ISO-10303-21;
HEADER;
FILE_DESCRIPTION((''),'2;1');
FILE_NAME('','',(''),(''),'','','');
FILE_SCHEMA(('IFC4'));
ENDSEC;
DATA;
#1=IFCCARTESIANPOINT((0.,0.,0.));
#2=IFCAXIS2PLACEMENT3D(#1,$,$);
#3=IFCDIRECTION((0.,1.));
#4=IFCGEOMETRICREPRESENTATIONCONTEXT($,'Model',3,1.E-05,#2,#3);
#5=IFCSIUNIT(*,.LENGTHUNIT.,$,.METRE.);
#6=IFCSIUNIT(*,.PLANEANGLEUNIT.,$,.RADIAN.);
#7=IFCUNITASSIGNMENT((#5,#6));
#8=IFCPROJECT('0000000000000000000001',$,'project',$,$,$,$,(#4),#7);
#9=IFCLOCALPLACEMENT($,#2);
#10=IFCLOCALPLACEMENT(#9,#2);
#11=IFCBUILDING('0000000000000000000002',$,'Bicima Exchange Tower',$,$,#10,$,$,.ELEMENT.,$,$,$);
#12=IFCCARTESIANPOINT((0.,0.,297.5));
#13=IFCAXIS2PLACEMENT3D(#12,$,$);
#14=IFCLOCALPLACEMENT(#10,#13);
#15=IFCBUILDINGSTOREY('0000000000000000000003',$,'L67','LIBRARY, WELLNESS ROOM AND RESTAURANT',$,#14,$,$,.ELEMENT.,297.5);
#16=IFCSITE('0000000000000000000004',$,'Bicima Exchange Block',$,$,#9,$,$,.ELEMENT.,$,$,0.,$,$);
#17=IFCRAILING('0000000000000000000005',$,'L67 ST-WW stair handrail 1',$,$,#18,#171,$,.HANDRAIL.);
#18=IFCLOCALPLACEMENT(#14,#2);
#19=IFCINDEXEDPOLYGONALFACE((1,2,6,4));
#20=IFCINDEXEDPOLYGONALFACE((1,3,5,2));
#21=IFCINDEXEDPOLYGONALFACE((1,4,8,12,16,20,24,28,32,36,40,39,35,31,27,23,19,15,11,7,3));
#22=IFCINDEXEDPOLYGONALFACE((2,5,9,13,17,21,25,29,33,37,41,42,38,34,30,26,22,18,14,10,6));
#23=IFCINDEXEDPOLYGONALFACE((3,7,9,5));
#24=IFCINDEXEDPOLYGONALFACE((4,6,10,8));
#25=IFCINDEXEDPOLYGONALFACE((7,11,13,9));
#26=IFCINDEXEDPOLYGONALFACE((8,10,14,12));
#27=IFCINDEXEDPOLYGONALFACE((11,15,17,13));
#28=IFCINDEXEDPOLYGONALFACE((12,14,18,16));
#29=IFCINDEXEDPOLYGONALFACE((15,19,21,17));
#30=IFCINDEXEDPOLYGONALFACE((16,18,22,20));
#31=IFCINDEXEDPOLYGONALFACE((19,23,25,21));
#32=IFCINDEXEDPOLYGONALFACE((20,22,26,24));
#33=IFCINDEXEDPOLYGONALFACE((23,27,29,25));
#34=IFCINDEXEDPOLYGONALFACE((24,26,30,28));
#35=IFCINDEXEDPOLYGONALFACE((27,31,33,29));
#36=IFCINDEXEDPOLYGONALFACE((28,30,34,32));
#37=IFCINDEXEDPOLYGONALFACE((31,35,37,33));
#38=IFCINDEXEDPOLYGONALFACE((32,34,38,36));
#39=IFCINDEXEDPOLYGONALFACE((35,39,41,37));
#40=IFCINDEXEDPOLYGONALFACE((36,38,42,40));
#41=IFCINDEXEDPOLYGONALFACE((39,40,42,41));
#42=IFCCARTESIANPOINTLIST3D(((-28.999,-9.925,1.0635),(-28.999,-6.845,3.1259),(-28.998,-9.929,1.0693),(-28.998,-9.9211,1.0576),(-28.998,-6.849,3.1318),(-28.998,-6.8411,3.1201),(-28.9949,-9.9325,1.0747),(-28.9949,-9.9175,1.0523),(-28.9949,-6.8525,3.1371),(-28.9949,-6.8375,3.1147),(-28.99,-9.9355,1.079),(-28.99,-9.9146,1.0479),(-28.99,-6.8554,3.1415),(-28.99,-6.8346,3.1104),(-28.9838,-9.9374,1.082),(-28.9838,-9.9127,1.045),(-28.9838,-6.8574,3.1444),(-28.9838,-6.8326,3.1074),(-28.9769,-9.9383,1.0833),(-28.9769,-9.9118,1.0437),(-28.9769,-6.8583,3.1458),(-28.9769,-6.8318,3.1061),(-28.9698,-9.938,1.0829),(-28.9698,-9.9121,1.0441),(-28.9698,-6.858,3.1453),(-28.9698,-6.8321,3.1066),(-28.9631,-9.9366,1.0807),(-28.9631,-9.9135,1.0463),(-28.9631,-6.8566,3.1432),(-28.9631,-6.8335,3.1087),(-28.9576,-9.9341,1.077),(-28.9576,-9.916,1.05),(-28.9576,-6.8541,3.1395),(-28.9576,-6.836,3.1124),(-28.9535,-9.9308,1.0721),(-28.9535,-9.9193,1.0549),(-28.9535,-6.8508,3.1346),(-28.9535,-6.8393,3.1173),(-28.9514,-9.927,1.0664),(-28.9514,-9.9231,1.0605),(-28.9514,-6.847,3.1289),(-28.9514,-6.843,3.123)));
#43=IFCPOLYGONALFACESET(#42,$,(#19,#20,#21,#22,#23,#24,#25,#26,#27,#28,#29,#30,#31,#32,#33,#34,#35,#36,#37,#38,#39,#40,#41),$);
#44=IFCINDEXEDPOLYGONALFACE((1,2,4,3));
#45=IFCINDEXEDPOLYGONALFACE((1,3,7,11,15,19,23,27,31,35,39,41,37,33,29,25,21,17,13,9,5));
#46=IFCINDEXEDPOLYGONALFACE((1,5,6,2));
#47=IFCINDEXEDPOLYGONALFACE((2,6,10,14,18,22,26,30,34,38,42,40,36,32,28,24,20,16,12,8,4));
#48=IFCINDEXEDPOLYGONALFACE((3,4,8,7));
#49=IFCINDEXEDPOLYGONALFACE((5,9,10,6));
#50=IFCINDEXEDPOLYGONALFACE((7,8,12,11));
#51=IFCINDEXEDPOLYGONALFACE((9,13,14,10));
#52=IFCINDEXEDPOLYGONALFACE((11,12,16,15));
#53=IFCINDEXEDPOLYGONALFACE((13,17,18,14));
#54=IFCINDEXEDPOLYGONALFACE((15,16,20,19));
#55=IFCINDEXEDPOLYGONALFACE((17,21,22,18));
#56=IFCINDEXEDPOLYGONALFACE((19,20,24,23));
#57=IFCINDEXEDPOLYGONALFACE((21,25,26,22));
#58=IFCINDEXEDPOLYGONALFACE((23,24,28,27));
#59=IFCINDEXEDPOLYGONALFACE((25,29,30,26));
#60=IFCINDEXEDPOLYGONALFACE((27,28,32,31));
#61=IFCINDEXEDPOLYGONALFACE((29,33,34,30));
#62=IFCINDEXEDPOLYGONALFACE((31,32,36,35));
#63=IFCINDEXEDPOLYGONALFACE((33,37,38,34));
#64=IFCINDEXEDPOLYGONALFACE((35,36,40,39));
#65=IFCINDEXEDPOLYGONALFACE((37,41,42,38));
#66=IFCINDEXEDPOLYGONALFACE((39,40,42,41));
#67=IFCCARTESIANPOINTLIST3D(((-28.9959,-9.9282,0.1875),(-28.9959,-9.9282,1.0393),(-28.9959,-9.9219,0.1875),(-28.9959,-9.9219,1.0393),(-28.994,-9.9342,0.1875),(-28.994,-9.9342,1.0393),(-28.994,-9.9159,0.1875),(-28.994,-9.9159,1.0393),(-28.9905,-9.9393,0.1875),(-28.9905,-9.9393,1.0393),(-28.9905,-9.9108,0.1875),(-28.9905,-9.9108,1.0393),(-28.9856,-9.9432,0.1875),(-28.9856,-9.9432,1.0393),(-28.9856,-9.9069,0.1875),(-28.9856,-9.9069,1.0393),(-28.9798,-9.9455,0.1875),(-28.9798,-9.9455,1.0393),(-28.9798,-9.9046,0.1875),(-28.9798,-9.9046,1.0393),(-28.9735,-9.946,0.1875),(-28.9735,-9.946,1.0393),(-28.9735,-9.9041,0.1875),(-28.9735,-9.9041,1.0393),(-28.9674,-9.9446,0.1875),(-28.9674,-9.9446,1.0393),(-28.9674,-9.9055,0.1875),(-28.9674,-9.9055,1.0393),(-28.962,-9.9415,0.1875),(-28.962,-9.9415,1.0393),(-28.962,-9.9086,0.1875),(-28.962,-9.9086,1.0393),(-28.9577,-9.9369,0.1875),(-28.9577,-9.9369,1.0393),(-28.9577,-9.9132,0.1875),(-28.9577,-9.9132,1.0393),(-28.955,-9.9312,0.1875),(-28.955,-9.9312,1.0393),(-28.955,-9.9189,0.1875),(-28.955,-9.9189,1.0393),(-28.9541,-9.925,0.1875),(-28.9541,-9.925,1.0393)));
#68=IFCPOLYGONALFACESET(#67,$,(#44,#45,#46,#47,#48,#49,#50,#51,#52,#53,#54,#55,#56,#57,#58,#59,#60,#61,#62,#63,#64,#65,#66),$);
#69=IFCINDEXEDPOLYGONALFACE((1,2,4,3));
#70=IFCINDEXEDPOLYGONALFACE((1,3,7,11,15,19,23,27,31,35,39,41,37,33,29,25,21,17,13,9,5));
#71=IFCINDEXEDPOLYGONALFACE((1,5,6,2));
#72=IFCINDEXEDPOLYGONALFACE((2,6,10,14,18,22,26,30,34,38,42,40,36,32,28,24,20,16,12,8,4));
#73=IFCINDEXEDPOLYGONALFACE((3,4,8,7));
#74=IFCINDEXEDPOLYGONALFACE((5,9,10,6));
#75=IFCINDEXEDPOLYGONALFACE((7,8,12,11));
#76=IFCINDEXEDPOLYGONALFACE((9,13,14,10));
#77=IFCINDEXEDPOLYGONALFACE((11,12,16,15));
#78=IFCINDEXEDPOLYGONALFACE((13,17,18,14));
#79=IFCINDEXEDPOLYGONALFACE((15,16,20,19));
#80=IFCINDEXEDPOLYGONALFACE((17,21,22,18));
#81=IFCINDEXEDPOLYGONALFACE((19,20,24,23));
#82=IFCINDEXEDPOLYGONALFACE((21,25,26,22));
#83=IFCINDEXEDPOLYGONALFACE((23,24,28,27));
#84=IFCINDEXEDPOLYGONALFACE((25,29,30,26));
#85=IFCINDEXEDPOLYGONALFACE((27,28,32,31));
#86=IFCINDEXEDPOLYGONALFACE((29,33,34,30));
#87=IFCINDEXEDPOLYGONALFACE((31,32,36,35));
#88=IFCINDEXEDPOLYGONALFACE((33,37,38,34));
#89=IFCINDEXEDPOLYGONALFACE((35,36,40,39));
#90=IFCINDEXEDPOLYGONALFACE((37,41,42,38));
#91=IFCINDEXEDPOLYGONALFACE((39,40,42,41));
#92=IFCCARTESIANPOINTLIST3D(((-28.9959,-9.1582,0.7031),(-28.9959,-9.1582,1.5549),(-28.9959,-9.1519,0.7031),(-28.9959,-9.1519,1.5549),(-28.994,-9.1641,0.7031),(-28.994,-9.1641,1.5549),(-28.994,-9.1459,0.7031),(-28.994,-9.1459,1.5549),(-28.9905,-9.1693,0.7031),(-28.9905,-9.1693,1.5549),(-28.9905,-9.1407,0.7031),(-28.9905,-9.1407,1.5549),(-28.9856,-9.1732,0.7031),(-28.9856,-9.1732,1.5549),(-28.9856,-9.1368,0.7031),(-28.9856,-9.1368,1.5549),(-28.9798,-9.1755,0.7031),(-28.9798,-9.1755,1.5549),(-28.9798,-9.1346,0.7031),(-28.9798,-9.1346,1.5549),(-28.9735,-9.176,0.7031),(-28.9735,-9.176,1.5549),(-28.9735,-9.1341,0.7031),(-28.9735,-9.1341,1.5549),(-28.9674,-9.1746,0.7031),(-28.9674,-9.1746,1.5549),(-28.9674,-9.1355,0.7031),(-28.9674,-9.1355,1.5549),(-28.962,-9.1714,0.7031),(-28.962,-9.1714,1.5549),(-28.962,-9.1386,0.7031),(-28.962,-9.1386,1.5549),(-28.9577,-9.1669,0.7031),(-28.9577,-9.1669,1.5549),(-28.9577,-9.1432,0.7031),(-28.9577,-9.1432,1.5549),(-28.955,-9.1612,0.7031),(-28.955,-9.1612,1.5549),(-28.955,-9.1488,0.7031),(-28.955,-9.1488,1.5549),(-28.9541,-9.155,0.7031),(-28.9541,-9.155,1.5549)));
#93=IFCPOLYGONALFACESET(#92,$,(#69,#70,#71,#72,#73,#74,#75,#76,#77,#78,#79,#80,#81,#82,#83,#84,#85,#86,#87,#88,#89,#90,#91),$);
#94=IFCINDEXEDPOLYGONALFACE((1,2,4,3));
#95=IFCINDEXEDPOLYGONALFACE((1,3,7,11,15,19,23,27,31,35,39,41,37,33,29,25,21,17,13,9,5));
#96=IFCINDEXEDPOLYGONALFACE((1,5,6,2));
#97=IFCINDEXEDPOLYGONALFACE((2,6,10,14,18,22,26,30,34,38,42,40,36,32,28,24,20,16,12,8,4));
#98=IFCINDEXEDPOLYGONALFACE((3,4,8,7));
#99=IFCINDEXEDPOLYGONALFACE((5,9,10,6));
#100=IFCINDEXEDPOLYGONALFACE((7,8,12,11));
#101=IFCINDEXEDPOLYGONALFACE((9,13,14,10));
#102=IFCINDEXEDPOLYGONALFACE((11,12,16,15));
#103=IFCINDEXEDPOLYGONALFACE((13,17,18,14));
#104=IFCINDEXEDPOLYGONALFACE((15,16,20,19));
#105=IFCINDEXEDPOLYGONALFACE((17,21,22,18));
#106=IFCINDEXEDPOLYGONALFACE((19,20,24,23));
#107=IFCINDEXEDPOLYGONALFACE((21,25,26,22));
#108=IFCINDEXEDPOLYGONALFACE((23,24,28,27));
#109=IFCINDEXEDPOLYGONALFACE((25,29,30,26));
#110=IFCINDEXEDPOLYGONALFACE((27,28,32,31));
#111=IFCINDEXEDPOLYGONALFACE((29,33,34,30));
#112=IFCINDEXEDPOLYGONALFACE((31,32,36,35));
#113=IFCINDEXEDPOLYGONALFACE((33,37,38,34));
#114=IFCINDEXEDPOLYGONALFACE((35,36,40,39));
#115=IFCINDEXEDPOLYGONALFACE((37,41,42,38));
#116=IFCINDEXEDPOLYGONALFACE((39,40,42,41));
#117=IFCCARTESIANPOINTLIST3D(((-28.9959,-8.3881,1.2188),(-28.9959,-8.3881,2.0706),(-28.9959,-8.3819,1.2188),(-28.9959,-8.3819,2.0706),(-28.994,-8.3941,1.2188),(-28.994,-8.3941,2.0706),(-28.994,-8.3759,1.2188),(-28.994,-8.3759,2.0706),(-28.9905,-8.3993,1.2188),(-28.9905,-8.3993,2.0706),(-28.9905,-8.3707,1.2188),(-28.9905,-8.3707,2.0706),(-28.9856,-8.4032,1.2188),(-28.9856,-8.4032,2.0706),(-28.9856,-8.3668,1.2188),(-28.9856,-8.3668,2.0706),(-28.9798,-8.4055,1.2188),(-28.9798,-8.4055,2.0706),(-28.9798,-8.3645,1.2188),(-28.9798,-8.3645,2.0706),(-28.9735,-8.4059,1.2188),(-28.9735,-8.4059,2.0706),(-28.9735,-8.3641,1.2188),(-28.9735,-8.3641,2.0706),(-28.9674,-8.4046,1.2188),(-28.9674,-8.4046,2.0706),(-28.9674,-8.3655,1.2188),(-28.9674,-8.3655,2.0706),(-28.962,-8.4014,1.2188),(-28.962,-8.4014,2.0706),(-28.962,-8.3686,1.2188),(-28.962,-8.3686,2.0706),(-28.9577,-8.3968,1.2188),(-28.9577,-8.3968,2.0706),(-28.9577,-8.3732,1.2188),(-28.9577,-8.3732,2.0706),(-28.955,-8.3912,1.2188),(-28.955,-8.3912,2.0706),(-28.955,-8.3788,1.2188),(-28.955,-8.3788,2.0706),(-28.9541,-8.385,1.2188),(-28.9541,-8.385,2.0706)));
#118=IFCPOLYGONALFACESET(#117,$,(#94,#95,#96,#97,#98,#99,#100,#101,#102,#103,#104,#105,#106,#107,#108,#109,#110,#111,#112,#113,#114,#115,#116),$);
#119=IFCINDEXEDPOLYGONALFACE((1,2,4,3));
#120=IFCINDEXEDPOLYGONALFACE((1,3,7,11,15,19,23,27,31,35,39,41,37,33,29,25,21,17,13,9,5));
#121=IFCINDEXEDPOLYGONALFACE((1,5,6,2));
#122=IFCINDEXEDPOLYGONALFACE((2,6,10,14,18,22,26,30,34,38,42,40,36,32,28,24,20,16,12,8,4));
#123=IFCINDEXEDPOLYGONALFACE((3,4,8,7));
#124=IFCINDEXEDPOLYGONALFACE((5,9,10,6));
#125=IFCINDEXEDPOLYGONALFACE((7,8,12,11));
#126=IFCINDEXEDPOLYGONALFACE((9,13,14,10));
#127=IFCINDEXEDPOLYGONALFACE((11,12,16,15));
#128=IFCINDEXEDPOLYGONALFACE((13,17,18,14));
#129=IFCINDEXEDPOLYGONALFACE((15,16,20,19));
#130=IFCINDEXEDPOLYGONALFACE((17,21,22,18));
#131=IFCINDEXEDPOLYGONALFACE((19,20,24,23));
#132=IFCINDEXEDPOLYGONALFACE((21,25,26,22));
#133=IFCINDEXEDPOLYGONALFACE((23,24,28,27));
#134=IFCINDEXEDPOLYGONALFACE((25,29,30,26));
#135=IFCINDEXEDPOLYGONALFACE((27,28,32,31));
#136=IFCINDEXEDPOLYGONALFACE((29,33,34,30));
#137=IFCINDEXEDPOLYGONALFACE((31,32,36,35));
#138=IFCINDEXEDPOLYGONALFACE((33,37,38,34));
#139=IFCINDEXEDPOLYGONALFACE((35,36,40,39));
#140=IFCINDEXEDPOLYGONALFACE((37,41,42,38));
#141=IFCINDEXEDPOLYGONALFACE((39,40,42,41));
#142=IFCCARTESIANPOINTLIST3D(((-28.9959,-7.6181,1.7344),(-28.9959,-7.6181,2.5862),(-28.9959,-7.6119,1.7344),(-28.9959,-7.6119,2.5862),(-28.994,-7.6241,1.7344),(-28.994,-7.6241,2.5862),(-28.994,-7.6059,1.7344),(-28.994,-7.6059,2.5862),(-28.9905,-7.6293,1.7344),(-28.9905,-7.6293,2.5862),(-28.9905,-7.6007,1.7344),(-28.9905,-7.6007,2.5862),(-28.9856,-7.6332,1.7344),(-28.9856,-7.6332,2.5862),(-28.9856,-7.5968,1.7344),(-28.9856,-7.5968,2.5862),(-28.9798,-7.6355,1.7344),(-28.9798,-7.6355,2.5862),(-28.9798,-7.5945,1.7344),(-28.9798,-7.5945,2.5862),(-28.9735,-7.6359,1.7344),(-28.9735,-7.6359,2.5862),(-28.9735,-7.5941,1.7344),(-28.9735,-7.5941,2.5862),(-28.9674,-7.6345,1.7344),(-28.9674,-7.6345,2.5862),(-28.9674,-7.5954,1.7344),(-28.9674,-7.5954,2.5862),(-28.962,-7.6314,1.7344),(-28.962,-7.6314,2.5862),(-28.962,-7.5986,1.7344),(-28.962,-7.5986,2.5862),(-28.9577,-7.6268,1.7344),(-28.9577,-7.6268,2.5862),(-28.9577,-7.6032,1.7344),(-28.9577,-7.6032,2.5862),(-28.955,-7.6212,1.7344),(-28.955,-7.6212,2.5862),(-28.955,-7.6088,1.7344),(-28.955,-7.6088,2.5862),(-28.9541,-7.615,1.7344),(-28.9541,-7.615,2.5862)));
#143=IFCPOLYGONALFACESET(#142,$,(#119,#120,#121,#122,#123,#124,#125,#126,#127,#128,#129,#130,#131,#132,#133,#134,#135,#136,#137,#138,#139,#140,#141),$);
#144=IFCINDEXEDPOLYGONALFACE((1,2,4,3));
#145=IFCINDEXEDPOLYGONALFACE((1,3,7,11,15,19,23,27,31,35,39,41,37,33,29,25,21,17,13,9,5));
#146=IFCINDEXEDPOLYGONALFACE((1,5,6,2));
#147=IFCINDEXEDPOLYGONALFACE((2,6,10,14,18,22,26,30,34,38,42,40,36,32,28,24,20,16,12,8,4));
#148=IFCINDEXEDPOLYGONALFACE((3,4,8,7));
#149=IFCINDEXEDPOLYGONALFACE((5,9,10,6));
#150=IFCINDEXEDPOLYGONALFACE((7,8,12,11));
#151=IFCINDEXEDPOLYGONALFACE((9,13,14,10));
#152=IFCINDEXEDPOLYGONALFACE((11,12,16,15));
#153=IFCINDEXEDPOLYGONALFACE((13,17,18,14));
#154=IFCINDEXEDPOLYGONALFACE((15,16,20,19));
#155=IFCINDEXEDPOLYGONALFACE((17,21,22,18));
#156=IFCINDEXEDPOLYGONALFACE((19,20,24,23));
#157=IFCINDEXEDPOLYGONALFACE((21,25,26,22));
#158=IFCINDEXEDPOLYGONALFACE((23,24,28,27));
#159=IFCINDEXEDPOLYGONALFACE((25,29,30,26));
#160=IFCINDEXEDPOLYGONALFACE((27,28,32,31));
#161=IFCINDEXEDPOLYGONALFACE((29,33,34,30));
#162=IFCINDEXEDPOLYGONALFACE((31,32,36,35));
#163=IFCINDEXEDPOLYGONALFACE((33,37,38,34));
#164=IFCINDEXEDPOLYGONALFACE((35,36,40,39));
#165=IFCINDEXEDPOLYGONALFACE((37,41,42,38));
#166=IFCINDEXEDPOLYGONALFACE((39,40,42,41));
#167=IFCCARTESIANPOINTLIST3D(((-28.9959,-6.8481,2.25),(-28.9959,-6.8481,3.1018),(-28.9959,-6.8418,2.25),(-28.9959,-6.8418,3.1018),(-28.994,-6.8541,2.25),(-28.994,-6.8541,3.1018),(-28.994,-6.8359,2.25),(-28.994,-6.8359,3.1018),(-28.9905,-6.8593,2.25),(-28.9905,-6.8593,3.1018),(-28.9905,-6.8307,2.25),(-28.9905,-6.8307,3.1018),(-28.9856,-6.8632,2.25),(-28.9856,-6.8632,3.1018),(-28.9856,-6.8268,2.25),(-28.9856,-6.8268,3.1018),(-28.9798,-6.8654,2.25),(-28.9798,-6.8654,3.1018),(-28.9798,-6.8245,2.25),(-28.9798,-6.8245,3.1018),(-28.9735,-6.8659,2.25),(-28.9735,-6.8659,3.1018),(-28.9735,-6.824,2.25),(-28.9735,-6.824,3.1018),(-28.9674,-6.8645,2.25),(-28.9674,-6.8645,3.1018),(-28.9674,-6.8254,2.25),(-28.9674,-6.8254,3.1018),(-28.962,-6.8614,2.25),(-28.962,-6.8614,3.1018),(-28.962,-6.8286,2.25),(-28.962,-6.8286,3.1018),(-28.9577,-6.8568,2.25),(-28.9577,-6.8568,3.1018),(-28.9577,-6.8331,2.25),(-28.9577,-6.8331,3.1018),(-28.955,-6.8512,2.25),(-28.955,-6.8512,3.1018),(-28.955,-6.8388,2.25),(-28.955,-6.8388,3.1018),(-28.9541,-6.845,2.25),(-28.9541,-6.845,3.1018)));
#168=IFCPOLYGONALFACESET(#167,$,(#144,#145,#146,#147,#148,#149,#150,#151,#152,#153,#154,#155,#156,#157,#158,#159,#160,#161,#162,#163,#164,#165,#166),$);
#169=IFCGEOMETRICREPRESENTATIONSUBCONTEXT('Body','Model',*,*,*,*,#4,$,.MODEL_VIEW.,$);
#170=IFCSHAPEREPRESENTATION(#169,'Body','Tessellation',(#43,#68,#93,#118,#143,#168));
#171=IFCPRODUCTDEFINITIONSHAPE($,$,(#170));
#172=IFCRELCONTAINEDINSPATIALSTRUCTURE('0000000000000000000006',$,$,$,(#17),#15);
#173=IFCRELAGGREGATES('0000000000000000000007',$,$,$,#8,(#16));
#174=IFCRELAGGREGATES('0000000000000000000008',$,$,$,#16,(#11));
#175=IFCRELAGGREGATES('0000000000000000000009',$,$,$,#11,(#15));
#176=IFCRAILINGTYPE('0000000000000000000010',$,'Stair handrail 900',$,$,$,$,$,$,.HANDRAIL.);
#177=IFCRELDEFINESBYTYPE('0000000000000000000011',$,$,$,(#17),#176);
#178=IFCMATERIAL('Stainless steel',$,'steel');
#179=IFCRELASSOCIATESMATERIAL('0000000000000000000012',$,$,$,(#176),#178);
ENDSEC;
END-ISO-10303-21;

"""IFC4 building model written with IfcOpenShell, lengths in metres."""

from ifc_helpers import new_model, si_unit, direction, frame, origin, origin_2d, place, context, subcontext, project, spatial, circle, extrude, material, type_object, element, save


model = new_model("IFC4")

# Units and contexts
model_context = context("Model", 3, precision=1e-05, world=origin(), true_north=direction((0.0, 1.0)))
body_context = subcontext(model_context, "Body", "Model", "MODEL_VIEW")
ifc_project = project(units=[si_unit("LENGTHUNIT", "METRE"), si_unit("PLANEANGLEUNIT", "RADIAN")], contexts=[model_context])

# Site, building, storey
site_placement = place(None, origin())
site = spatial("IfcSite", under=ifc_project, at=site_placement, Name="Bicima Exchange Block", CompositionType="ELEMENT", RefElevation=0.0)
building_placement = place(site_placement, origin())
building = spatial("IfcBuilding", under=site, at=building_placement, Name="Bicima Exchange Tower", CompositionType="ELEMENT")
storey_placement = place(building_placement, frame((0.0, 0.0, 297.5)))
storey = spatial("IfcBuildingStorey", under=building, at=storey_placement, Name="L67", Description="LIBRARY, WELLNESS ROOM AND RESTAURANT", CompositionType="ELEMENT", Elevation=297.5)

# Railing
ifc_material_1 = material(Name="Stainless steel", Category="steel")
railing_type_1 = type_object("IfcRailingType", Name="Stair handrail 900", PredefinedType="HANDRAIL", material=ifc_material_1)
railing_1_placement = place(storey_placement, frame((-28.9751, -9.925, 0.1875)))
element("IfcRailing", 1, at=railing_1_placement, inside=storey, type_object=railing_type_1, Name="L67 ST-WW stair handrail 1", PredefinedType="HANDRAIL", context=body_context, shape_type="SweptSolid", body=[
    extrude(circle(Radius=0.0239, at=origin_2d()), frame((0.0, 0.0, 0.876), z_axis=(0.0, 0.830914, 0.556401), x_axis=(-1.0, 0.0, 0.0)), (0.0, 0.0, 1.0), 3.7068),
    extrude(circle(Radius=0.021, at=origin_2d()), origin(), (0.0, 0.0, 1.0), 0.8518),
    extrude(circle(Radius=0.021, at=origin_2d()), frame((0.0, 0.77, 0.5156)), (0.0, 0.0, 1.0), 0.8518),
    extrude(circle(Radius=0.021, at=origin_2d()), frame((0.0, 1.54, 1.0312)), (0.0, 0.0, 1.0), 0.8518),
    extrude(circle(Radius=0.021, at=origin_2d()), frame((0.0, 2.3101, 1.5469)), (0.0, 0.0, 1.0), 0.8518),
    extrude(circle(Radius=0.021, at=origin_2d()), frame((0.0, 3.0801, 2.0625)), (0.0, 0.0, 1.0), 0.8518),
])

save(model, "model.ifc")
